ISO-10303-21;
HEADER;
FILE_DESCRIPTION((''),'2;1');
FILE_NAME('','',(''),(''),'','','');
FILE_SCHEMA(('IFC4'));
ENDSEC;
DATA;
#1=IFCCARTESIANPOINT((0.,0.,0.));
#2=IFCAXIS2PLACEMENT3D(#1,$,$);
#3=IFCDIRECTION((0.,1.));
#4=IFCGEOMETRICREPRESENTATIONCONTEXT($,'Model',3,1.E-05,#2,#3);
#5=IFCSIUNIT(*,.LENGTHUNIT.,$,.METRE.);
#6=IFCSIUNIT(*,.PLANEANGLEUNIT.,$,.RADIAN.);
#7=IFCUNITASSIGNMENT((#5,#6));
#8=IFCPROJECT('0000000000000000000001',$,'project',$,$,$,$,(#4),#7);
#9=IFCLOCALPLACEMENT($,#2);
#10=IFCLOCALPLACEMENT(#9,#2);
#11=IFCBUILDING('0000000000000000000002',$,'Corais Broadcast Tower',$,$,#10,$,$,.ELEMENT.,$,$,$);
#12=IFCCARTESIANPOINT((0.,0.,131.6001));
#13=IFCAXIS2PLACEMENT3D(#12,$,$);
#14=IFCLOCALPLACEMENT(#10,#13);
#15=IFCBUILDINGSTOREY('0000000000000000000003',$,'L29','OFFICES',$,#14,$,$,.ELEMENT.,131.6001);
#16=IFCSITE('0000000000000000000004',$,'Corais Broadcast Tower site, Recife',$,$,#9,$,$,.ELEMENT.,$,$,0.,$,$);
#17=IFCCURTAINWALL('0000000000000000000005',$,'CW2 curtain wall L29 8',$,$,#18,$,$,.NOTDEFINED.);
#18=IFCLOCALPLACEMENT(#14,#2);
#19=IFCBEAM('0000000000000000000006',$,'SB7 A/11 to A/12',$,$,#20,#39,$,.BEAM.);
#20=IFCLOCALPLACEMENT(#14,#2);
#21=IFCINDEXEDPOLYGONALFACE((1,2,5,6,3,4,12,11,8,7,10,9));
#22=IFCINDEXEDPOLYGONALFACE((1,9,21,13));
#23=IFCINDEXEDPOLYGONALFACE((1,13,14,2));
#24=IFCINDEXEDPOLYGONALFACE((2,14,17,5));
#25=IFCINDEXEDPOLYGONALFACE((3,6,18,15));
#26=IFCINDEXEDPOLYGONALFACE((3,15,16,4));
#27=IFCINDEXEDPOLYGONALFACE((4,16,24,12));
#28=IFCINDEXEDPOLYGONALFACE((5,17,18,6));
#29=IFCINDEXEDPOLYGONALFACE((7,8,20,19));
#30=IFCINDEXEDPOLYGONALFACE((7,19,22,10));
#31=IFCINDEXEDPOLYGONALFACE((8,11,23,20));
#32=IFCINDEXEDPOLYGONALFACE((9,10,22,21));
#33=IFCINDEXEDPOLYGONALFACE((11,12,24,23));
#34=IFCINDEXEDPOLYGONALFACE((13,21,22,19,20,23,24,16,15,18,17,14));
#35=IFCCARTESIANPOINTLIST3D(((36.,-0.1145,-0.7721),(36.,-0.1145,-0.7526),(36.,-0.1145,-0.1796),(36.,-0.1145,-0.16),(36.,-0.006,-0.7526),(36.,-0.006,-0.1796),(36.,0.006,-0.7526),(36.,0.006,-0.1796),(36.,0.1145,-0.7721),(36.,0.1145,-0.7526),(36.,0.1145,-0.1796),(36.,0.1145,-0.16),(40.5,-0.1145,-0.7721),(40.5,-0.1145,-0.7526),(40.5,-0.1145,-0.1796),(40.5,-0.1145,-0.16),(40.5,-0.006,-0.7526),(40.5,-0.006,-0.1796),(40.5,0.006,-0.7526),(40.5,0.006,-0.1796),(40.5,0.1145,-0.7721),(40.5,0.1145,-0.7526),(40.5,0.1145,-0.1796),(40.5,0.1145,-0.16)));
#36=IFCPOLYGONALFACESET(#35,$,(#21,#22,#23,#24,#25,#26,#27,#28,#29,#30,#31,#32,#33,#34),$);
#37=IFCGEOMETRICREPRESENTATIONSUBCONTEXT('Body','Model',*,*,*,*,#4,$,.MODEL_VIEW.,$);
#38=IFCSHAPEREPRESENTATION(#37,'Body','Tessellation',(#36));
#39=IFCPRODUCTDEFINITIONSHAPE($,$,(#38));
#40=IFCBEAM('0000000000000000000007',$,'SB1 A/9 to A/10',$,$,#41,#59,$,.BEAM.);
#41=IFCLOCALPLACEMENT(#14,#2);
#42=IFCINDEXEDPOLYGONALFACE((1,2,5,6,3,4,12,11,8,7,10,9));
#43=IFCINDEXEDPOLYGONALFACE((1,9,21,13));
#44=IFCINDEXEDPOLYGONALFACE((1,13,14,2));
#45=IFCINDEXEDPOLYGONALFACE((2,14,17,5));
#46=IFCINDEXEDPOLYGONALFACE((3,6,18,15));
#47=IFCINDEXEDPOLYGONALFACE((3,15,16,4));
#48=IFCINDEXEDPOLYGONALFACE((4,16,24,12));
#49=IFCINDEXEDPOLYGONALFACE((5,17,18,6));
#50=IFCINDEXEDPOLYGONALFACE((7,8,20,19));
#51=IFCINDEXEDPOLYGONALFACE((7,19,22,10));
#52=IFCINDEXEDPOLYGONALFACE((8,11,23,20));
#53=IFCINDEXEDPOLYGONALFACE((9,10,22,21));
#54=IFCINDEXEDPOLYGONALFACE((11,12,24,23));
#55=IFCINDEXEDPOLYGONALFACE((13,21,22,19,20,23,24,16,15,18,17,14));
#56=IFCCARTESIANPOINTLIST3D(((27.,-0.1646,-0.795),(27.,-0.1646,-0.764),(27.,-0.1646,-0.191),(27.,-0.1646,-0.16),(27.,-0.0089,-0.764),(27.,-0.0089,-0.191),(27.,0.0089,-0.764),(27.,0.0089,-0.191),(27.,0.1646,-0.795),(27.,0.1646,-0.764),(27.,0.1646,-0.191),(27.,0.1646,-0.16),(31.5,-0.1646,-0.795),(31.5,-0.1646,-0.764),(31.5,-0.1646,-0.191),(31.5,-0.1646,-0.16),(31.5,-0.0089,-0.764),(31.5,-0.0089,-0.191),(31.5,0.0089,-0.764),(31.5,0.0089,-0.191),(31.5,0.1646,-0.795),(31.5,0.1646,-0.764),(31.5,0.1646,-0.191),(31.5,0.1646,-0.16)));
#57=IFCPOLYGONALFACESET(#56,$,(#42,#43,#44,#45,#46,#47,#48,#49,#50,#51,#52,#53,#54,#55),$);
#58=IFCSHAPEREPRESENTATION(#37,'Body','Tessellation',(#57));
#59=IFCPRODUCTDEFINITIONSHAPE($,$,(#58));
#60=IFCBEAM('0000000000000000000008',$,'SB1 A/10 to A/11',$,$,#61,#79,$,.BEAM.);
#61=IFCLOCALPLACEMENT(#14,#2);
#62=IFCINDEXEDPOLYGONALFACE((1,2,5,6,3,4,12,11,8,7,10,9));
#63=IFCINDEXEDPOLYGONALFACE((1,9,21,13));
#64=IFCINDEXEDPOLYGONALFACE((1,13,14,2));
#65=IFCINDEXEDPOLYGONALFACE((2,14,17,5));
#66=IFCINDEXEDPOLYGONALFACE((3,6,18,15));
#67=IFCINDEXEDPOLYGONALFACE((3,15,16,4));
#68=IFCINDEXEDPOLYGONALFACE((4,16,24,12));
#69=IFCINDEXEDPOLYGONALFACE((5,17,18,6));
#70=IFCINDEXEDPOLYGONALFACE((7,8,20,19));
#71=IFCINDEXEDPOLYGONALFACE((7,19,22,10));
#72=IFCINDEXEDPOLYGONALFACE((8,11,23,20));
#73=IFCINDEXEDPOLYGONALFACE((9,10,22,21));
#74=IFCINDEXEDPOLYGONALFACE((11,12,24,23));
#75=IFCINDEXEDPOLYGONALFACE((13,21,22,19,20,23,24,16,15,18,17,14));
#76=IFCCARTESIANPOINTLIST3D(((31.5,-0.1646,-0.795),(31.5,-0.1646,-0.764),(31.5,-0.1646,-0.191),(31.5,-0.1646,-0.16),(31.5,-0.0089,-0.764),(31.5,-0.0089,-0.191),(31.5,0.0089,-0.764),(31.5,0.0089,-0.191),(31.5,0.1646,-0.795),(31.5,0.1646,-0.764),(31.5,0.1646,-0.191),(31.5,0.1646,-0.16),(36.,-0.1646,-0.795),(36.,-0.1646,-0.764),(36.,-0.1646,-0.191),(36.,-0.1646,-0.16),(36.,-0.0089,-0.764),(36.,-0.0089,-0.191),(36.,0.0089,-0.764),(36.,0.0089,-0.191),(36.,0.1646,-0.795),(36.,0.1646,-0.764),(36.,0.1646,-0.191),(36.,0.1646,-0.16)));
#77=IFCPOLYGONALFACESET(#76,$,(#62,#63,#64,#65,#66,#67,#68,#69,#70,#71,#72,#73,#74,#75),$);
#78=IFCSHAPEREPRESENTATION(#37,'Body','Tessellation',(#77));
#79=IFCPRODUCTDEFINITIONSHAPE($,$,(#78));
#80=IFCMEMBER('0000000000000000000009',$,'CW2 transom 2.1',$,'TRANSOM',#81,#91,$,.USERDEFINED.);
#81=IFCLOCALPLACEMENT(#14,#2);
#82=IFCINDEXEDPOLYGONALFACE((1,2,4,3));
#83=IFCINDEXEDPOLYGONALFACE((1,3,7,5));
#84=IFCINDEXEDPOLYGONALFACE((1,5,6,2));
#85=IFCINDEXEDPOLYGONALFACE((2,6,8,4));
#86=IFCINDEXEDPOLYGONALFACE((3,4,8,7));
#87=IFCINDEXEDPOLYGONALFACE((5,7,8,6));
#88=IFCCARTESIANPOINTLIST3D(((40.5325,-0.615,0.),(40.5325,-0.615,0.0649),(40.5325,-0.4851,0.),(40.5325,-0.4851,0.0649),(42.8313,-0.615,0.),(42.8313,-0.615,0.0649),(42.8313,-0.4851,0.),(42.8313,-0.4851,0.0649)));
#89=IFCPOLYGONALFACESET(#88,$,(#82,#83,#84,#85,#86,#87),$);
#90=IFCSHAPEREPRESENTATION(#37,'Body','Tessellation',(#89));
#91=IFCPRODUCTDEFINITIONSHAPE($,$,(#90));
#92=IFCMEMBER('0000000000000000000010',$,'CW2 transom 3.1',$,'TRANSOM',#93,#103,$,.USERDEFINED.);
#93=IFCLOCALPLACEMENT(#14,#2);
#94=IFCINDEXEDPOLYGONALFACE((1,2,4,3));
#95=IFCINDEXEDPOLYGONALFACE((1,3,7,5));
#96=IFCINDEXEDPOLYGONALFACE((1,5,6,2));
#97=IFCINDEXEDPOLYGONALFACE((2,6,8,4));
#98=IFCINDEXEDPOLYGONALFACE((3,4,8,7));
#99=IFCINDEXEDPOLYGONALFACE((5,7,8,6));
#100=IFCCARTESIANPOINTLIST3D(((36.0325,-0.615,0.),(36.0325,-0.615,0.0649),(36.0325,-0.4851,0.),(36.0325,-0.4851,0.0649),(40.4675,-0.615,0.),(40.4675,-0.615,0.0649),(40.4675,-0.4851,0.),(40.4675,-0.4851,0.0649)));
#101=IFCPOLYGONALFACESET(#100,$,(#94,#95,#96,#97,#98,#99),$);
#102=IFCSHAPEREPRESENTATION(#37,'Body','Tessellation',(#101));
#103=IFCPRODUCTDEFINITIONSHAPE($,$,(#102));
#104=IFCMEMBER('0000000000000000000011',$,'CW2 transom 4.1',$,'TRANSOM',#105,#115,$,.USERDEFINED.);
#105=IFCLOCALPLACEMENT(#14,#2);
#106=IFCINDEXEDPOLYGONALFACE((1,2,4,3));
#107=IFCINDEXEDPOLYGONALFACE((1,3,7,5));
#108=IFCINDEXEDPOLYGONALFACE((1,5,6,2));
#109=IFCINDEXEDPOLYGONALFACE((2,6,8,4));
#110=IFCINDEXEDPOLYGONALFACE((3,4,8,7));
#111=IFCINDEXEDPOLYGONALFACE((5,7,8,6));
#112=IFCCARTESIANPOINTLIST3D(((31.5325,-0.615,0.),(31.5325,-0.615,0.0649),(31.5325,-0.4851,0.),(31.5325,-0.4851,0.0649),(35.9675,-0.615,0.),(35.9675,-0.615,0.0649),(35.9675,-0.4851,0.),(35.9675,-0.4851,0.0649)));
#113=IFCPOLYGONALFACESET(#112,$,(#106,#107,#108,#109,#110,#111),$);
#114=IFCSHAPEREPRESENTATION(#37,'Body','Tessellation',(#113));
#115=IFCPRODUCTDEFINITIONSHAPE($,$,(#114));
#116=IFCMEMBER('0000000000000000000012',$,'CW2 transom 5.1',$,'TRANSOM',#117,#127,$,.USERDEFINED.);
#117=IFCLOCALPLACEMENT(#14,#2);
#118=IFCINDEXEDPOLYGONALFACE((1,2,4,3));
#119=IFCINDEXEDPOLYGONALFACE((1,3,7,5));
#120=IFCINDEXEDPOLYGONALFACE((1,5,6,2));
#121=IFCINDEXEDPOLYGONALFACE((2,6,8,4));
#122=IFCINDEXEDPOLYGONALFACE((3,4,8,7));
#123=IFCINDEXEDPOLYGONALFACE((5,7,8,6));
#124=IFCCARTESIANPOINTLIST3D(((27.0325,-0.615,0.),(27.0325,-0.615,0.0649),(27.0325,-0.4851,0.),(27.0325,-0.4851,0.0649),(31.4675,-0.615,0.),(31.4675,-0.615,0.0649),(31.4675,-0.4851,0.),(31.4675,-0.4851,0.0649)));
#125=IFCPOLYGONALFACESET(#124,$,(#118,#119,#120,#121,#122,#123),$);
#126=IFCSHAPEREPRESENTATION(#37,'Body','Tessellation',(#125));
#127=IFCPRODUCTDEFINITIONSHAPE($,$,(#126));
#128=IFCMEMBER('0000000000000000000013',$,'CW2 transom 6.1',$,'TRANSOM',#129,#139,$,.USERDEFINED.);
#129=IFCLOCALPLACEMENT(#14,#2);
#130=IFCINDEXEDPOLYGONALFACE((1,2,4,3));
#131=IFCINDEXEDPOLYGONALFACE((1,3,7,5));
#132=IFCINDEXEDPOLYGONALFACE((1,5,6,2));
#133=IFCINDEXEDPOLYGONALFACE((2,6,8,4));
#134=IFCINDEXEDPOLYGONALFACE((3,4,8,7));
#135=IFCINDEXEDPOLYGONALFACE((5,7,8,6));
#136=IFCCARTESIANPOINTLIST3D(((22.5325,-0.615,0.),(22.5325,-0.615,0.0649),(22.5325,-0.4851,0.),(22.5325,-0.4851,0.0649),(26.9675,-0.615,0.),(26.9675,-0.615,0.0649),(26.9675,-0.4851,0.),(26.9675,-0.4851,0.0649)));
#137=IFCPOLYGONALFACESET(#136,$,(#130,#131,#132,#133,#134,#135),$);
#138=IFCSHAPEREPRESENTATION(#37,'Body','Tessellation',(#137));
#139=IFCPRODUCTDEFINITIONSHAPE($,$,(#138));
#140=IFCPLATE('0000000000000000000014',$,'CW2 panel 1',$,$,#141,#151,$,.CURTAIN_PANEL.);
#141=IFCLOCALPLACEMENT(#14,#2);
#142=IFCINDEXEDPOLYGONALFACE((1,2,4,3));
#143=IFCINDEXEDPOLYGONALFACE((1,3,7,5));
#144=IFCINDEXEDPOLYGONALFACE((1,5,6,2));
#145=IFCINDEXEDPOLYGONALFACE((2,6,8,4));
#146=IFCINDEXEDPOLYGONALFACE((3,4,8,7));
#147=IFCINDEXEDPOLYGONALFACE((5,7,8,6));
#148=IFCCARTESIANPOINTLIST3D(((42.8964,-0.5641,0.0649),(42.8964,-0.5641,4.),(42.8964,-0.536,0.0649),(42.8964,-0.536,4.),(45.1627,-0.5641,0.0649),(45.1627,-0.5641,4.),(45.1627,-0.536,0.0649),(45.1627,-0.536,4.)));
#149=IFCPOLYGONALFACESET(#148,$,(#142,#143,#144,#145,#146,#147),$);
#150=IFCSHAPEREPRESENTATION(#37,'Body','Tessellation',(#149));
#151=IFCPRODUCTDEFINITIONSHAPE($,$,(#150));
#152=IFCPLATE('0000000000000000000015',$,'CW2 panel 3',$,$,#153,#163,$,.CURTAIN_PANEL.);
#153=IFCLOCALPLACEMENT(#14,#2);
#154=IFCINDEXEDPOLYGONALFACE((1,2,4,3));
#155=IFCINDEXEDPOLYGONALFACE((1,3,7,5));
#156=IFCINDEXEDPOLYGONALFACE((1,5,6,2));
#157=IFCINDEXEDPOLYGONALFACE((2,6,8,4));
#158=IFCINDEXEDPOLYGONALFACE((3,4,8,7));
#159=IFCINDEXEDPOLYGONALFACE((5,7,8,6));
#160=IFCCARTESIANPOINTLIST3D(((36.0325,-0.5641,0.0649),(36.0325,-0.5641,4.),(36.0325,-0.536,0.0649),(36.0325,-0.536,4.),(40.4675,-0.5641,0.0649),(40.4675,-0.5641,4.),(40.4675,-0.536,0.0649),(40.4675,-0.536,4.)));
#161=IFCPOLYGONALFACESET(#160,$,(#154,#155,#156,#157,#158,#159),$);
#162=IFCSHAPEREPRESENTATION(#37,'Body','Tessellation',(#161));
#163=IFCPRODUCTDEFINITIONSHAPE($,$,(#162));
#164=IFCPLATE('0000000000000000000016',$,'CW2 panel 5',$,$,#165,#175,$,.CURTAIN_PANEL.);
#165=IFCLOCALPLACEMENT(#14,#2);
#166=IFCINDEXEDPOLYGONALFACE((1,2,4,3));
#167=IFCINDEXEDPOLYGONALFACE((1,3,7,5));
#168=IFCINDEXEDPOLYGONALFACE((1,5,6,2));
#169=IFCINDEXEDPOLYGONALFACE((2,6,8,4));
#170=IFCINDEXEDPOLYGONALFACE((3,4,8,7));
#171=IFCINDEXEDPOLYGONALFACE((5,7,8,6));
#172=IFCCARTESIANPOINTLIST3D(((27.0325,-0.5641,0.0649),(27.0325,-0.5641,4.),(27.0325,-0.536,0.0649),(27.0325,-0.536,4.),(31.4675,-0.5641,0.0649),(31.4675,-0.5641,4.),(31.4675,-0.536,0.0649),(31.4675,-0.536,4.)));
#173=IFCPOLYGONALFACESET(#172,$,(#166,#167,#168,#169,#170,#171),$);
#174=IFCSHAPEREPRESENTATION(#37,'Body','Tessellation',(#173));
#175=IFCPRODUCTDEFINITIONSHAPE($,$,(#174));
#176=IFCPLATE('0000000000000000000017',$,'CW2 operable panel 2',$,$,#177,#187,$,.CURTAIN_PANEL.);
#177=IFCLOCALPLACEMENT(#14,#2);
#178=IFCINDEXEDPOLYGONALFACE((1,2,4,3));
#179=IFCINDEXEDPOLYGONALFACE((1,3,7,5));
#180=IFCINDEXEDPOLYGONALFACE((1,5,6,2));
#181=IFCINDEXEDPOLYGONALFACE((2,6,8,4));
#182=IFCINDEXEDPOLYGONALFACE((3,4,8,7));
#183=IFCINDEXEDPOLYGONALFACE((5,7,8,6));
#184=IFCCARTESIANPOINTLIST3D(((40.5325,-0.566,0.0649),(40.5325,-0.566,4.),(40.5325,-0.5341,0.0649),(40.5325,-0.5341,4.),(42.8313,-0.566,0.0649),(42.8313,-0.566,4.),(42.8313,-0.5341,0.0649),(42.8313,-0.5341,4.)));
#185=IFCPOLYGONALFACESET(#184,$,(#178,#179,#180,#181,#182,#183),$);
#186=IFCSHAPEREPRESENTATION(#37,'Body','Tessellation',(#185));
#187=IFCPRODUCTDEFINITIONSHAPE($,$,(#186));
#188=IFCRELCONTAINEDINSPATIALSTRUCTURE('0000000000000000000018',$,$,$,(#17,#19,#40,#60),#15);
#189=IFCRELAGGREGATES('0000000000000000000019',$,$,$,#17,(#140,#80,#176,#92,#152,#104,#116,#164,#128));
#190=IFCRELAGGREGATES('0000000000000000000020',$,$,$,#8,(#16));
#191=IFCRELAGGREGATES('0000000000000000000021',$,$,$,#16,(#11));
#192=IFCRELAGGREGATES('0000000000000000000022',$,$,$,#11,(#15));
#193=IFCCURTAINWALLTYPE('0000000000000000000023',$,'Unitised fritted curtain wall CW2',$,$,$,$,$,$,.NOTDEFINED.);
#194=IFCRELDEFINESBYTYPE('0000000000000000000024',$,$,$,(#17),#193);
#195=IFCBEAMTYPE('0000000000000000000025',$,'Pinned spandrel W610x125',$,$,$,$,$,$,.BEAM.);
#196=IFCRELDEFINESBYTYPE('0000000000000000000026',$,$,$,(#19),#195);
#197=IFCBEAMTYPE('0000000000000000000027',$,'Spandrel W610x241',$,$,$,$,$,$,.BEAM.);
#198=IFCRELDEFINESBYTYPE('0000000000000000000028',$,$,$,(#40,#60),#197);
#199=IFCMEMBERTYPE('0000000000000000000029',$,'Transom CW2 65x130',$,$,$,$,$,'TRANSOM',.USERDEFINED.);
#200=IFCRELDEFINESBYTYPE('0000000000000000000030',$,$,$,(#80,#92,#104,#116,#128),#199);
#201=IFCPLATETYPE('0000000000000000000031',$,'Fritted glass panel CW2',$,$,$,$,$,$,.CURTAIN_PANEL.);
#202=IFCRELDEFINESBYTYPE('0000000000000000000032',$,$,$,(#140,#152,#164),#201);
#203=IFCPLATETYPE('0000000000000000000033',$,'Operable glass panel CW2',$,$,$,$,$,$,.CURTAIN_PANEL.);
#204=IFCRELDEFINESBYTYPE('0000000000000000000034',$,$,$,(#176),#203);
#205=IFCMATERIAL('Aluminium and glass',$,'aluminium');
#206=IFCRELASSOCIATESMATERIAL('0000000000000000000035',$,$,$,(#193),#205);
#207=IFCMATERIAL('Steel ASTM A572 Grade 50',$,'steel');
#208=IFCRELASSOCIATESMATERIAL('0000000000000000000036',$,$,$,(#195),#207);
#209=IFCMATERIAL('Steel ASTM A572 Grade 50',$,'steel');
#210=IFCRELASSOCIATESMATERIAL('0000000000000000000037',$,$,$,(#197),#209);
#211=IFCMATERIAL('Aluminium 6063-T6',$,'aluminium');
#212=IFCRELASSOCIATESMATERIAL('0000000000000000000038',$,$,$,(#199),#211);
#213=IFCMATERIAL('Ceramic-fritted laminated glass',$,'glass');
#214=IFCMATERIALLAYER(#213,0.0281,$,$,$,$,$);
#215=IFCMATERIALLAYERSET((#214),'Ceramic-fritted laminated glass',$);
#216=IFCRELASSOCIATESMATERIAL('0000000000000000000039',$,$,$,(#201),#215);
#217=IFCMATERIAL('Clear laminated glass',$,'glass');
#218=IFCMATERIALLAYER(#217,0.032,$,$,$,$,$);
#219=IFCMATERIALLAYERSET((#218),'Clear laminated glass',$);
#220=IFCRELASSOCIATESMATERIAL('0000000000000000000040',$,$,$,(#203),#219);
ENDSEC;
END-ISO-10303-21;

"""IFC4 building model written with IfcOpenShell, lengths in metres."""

from ifc_helpers import new_model, si_unit, direction, frame, origin, origin_2d, place, context, subcontext, project, spatial, rectangle, i_section, extrude, material, layer, layer_set, material_profile, profile_set, type_object, element, aggregate, save


model = new_model("IFC4")

# Units and contexts
model_context = context("Model", 3, precision=1e-05, world=origin(), true_north=direction((0.0, 1.0)))
body_context = subcontext(model_context, "Body", "Model", "MODEL_VIEW")
ifc_project = project(units=[si_unit("LENGTHUNIT", "METRE"), si_unit("PLANEANGLEUNIT", "RADIAN")], contexts=[model_context])

# Site, building, storey
site_placement = place(None, origin())
site = spatial("IfcSite", under=ifc_project, at=site_placement, Name="Corais Broadcast Tower site, Recife", CompositionType="ELEMENT", RefElevation=0.0)
building_placement = place(site_placement, origin())
building = spatial("IfcBuilding", under=site, at=building_placement, Name="Corais Broadcast Tower", CompositionType="ELEMENT")
storey_placement = place(building_placement, frame((0.0, 0.0, 131.6001)))
storey = spatial("IfcBuildingStorey", under=building, at=storey_placement, Name="L29", Description="OFFICES", CompositionType="ELEMENT", Elevation=131.6001)

# Curtain wall
ifc_material_1 = material(Name="Aluminium and glass", Category="aluminium")
curtain_wall_type = type_object("IfcCurtainWallType", Name="Unitised fritted curtain wall CW2", PredefinedType="NOTDEFINED", material=ifc_material_1)
curtain_wall_placement = place(storey_placement, origin())
curtain_wall = element("IfcCurtainWall", 1, at=curtain_wall_placement, inside=storey, type_object=curtain_wall_type, Name="CW2 curtain wall L29 8", PredefinedType="NOTDEFINED")

# Beams
ifc_material_2 = material(Name="Steel ASTM A572 Grade 50", Category="steel")
ifc_material_profile_1 = material_profile(ifc_material_2, i_section(OverallWidth=0.229, OverallDepth=0.6121, WebThickness=0.012, FlangeThickness=0.0195, at=origin_2d()), Name="W610x125")
ifc_profile_set_1 = profile_set([ifc_material_profile_1], Name="Steel ASTM A572 Grade 50")
beam_type_1 = type_object("IfcBeamType", Name="Pinned spandrel W610x125", PredefinedType="BEAM", material=ifc_profile_set_1)
beam_placement = place(storey_placement, frame((36.0, 0.0, -0.4661), z_axis=(1.0, 0.0, 0.0), x_axis=(0.0, 1.0, 0.0)))
element("IfcBeam", 2, at=beam_placement, inside=storey, type_object=beam_type_1, Name="SB7 A/11 to A/12", PredefinedType="BEAM", context=body_context, shape_type="SweptSolid", body=[
    extrude(i_section(OverallWidth=0.229, OverallDepth=0.6121, WebThickness=0.012, FlangeThickness=0.0195, at=origin_2d()), origin(), (0.0, 0.0, 1.0), 4.5),
])
ifc_material_3 = material(Name="Steel ASTM A572 Grade 50", Category="steel")
ifc_material_profile_2 = material_profile(ifc_material_3, i_section(OverallWidth=0.3291, OverallDepth=0.635, WebThickness=0.0178, FlangeThickness=0.031, at=origin_2d()), Name="W610x241")
ifc_profile_set_2 = profile_set([ifc_material_profile_2], Name="Steel ASTM A572 Grade 50")
beam_type_2 = type_object("IfcBeamType", Name="Spandrel W610x241", PredefinedType="BEAM", material=ifc_profile_set_2)
for number, where, z_axis, x_axis, name in (
    (3, (27.0, 0.0, -0.4775), (1.0, 0.0, 0.0), (0.0, 1.0, 0.0), "SB1 A/9 to A/10"),
    (4, (31.5, 0.0, -0.4775), (1.0, 0.0, 0.0), (0.0, 1.0, 0.0), "SB1 A/10 to A/11"),
):
    element("IfcBeam", number, at=place(storey_placement, frame(where, z_axis=z_axis, x_axis=x_axis)), inside=storey, type_object=beam_type_2, Name=name, PredefinedType="BEAM", context=body_context, shape_type="SweptSolid", body=[
        extrude(i_section(OverallWidth=0.3291, OverallDepth=0.635, WebThickness=0.0178, FlangeThickness=0.031, at=origin_2d()), origin(), (0.0, 0.0, 1.0), 4.5),
    ])

# Members
ifc_material_4 = material(Name="Aluminium 6063-T6", Category="aluminium")
ifc_material_profile_3 = material_profile(ifc_material_4, rectangle(XDim=0.1299, YDim=0.0649, at=origin_2d()), Name="Transom CW2 65x130")
ifc_profile_set_3 = profile_set([ifc_material_profile_3], Name="Aluminium 6063-T6")
member_type_1 = type_object("IfcMemberType", Name="Transom CW2 65x130", ElementType="TRANSOM", PredefinedType="USERDEFINED", material=ifc_profile_set_3)
member_1_placement = place(storey_placement, frame((42.8313, -0.55, 0.0325), z_axis=(-1.0, 0.0, 0.0), x_axis=(0.0, -1.0, 0.0)))
member_1 = element("IfcMember", 5, at=member_1_placement, type_object=member_type_1, Name="CW2 transom 2.1", ObjectType="TRANSOM", PredefinedType="USERDEFINED", context=body_context, shape_type="SweptSolid", body=[
    extrude(rectangle(XDim=0.1299, YDim=0.0649, at=origin_2d()), origin(), (0.0, 0.0, 1.0), 2.2988),
])
member_2_placement = place(storey_placement, frame((40.4675, -0.55, 0.0325), z_axis=(-1.0, 0.0, 0.0), x_axis=(0.0, -1.0, 0.0)))
member_2 = element("IfcMember", 6, at=member_2_placement, type_object=member_type_1, Name="CW2 transom 3.1", ObjectType="TRANSOM", PredefinedType="USERDEFINED", context=body_context, shape_type="SweptSolid", body=[
    extrude(rectangle(XDim=0.1299, YDim=0.0649, at=origin_2d()), origin(), (0.0, 0.0, 1.0), 4.4351),
])
member_3_placement = place(storey_placement, frame((35.9675, -0.55, 0.0325), z_axis=(-1.0, 0.0, 0.0), x_axis=(0.0, -1.0, 0.0)))
member_3 = element("IfcMember", 7, at=member_3_placement, type_object=member_type_1, Name="CW2 transom 4.1", ObjectType="TRANSOM", PredefinedType="USERDEFINED", context=body_context, shape_type="SweptSolid", body=[
    extrude(rectangle(XDim=0.1299, YDim=0.0649, at=origin_2d()), origin(), (0.0, 0.0, 1.0), 4.4351),
])
member_4_placement = place(storey_placement, frame((31.4675, -0.55, 0.0325), z_axis=(-1.0, 0.0, 0.0), x_axis=(0.0, -1.0, 0.0)))
member_4 = element("IfcMember", 8, at=member_4_placement, type_object=member_type_1, Name="CW2 transom 5.1", ObjectType="TRANSOM", PredefinedType="USERDEFINED", context=body_context, shape_type="SweptSolid", body=[
    extrude(rectangle(XDim=0.1299, YDim=0.0649, at=origin_2d()), origin(), (0.0, 0.0, 1.0), 4.4351),
])
member_5_placement = place(storey_placement, frame((26.9675, -0.55, 0.0325), z_axis=(-1.0, 0.0, 0.0), x_axis=(0.0, -1.0, 0.0)))
member_5 = element("IfcMember", 9, at=member_5_placement, type_object=member_type_1, Name="CW2 transom 6.1", ObjectType="TRANSOM", PredefinedType="USERDEFINED", context=body_context, shape_type="SweptSolid", body=[
    extrude(rectangle(XDim=0.1299, YDim=0.0649, at=origin_2d()), origin(), (0.0, 0.0, 1.0), 4.4351),
])

# Plates
ifc_material_5 = material(Name="Ceramic-fritted laminated glass", Category="glass")
ifc_layer_1 = layer(ifc_material_5, 0.0281)
ifc_layer_set_1 = layer_set([ifc_layer_1], Name="Ceramic-fritted laminated glass")
plate_type_1 = type_object("IfcPlateType", Name="Fritted glass panel CW2", PredefinedType="CURTAIN_PANEL", material=ifc_layer_set_1)
plate_1_placement = place(storey_placement, frame((44.0295, -0.55, 0.0649), z_axis=(0.0, 0.0, 1.0), x_axis=(-1.0, 0.0, 0.0)))
plate_1 = element("IfcPlate", 10, at=plate_1_placement, type_object=plate_type_1, Name="CW2 panel 1", PredefinedType="CURTAIN_PANEL", context=body_context, shape_type="SweptSolid", body=[
    extrude(rectangle(XDim=2.2664, YDim=0.0281, at=origin_2d()), origin(), (0.0, 0.0, 1.0), 3.9351),
])
plate_2_placement = place(storey_placement, frame((38.25, -0.55, 0.0649), z_axis=(0.0, 0.0, 1.0), x_axis=(-1.0, 0.0, 0.0)))
plate_2 = element("IfcPlate", 11, at=plate_2_placement, type_object=plate_type_1, Name="CW2 panel 3", PredefinedType="CURTAIN_PANEL", context=body_context, shape_type="SweptSolid", body=[
    extrude(rectangle(XDim=4.4351, YDim=0.0281, at=origin_2d()), origin(), (0.0, 0.0, 1.0), 3.9351),
])
plate_3_placement = place(storey_placement, frame((29.25, -0.55, 0.0649), z_axis=(0.0, 0.0, 1.0), x_axis=(-1.0, 0.0, 0.0)))
plate_3 = element("IfcPlate", 12, at=plate_3_placement, type_object=plate_type_1, Name="CW2 panel 5", PredefinedType="CURTAIN_PANEL", context=body_context, shape_type="SweptSolid", body=[
    extrude(rectangle(XDim=4.4351, YDim=0.0281, at=origin_2d()), origin(), (0.0, 0.0, 1.0), 3.9351),
])
ifc_material_6 = material(Name="Clear laminated glass", Category="glass")
ifc_layer_2 = layer(ifc_material_6, 0.032)
ifc_layer_set_2 = layer_set([ifc_layer_2], Name="Clear laminated glass")
plate_type_2 = type_object("IfcPlateType", Name="Operable glass panel CW2", PredefinedType="CURTAIN_PANEL", material=ifc_layer_set_2)
plate_4_placement = place(storey_placement, frame((41.6819, -0.55, 0.0649), z_axis=(0.0, 0.0, 1.0), x_axis=(-1.0, 0.0, 0.0)))
plate_4 = element("IfcPlate", 13, at=plate_4_placement, type_object=plate_type_2, Name="CW2 operable panel 2", PredefinedType="CURTAIN_PANEL", context=body_context, shape_type="SweptSolid", body=[
    extrude(rectangle(XDim=2.2988, YDim=0.032, at=origin_2d()), origin(), (0.0, 0.0, 1.0), 3.9351),
])
aggregate(curtain_wall, [plate_1, member_1, plate_4, member_2, plate_2, member_3, member_4, plate_3, member_5])

save(model, "model.ifc")
